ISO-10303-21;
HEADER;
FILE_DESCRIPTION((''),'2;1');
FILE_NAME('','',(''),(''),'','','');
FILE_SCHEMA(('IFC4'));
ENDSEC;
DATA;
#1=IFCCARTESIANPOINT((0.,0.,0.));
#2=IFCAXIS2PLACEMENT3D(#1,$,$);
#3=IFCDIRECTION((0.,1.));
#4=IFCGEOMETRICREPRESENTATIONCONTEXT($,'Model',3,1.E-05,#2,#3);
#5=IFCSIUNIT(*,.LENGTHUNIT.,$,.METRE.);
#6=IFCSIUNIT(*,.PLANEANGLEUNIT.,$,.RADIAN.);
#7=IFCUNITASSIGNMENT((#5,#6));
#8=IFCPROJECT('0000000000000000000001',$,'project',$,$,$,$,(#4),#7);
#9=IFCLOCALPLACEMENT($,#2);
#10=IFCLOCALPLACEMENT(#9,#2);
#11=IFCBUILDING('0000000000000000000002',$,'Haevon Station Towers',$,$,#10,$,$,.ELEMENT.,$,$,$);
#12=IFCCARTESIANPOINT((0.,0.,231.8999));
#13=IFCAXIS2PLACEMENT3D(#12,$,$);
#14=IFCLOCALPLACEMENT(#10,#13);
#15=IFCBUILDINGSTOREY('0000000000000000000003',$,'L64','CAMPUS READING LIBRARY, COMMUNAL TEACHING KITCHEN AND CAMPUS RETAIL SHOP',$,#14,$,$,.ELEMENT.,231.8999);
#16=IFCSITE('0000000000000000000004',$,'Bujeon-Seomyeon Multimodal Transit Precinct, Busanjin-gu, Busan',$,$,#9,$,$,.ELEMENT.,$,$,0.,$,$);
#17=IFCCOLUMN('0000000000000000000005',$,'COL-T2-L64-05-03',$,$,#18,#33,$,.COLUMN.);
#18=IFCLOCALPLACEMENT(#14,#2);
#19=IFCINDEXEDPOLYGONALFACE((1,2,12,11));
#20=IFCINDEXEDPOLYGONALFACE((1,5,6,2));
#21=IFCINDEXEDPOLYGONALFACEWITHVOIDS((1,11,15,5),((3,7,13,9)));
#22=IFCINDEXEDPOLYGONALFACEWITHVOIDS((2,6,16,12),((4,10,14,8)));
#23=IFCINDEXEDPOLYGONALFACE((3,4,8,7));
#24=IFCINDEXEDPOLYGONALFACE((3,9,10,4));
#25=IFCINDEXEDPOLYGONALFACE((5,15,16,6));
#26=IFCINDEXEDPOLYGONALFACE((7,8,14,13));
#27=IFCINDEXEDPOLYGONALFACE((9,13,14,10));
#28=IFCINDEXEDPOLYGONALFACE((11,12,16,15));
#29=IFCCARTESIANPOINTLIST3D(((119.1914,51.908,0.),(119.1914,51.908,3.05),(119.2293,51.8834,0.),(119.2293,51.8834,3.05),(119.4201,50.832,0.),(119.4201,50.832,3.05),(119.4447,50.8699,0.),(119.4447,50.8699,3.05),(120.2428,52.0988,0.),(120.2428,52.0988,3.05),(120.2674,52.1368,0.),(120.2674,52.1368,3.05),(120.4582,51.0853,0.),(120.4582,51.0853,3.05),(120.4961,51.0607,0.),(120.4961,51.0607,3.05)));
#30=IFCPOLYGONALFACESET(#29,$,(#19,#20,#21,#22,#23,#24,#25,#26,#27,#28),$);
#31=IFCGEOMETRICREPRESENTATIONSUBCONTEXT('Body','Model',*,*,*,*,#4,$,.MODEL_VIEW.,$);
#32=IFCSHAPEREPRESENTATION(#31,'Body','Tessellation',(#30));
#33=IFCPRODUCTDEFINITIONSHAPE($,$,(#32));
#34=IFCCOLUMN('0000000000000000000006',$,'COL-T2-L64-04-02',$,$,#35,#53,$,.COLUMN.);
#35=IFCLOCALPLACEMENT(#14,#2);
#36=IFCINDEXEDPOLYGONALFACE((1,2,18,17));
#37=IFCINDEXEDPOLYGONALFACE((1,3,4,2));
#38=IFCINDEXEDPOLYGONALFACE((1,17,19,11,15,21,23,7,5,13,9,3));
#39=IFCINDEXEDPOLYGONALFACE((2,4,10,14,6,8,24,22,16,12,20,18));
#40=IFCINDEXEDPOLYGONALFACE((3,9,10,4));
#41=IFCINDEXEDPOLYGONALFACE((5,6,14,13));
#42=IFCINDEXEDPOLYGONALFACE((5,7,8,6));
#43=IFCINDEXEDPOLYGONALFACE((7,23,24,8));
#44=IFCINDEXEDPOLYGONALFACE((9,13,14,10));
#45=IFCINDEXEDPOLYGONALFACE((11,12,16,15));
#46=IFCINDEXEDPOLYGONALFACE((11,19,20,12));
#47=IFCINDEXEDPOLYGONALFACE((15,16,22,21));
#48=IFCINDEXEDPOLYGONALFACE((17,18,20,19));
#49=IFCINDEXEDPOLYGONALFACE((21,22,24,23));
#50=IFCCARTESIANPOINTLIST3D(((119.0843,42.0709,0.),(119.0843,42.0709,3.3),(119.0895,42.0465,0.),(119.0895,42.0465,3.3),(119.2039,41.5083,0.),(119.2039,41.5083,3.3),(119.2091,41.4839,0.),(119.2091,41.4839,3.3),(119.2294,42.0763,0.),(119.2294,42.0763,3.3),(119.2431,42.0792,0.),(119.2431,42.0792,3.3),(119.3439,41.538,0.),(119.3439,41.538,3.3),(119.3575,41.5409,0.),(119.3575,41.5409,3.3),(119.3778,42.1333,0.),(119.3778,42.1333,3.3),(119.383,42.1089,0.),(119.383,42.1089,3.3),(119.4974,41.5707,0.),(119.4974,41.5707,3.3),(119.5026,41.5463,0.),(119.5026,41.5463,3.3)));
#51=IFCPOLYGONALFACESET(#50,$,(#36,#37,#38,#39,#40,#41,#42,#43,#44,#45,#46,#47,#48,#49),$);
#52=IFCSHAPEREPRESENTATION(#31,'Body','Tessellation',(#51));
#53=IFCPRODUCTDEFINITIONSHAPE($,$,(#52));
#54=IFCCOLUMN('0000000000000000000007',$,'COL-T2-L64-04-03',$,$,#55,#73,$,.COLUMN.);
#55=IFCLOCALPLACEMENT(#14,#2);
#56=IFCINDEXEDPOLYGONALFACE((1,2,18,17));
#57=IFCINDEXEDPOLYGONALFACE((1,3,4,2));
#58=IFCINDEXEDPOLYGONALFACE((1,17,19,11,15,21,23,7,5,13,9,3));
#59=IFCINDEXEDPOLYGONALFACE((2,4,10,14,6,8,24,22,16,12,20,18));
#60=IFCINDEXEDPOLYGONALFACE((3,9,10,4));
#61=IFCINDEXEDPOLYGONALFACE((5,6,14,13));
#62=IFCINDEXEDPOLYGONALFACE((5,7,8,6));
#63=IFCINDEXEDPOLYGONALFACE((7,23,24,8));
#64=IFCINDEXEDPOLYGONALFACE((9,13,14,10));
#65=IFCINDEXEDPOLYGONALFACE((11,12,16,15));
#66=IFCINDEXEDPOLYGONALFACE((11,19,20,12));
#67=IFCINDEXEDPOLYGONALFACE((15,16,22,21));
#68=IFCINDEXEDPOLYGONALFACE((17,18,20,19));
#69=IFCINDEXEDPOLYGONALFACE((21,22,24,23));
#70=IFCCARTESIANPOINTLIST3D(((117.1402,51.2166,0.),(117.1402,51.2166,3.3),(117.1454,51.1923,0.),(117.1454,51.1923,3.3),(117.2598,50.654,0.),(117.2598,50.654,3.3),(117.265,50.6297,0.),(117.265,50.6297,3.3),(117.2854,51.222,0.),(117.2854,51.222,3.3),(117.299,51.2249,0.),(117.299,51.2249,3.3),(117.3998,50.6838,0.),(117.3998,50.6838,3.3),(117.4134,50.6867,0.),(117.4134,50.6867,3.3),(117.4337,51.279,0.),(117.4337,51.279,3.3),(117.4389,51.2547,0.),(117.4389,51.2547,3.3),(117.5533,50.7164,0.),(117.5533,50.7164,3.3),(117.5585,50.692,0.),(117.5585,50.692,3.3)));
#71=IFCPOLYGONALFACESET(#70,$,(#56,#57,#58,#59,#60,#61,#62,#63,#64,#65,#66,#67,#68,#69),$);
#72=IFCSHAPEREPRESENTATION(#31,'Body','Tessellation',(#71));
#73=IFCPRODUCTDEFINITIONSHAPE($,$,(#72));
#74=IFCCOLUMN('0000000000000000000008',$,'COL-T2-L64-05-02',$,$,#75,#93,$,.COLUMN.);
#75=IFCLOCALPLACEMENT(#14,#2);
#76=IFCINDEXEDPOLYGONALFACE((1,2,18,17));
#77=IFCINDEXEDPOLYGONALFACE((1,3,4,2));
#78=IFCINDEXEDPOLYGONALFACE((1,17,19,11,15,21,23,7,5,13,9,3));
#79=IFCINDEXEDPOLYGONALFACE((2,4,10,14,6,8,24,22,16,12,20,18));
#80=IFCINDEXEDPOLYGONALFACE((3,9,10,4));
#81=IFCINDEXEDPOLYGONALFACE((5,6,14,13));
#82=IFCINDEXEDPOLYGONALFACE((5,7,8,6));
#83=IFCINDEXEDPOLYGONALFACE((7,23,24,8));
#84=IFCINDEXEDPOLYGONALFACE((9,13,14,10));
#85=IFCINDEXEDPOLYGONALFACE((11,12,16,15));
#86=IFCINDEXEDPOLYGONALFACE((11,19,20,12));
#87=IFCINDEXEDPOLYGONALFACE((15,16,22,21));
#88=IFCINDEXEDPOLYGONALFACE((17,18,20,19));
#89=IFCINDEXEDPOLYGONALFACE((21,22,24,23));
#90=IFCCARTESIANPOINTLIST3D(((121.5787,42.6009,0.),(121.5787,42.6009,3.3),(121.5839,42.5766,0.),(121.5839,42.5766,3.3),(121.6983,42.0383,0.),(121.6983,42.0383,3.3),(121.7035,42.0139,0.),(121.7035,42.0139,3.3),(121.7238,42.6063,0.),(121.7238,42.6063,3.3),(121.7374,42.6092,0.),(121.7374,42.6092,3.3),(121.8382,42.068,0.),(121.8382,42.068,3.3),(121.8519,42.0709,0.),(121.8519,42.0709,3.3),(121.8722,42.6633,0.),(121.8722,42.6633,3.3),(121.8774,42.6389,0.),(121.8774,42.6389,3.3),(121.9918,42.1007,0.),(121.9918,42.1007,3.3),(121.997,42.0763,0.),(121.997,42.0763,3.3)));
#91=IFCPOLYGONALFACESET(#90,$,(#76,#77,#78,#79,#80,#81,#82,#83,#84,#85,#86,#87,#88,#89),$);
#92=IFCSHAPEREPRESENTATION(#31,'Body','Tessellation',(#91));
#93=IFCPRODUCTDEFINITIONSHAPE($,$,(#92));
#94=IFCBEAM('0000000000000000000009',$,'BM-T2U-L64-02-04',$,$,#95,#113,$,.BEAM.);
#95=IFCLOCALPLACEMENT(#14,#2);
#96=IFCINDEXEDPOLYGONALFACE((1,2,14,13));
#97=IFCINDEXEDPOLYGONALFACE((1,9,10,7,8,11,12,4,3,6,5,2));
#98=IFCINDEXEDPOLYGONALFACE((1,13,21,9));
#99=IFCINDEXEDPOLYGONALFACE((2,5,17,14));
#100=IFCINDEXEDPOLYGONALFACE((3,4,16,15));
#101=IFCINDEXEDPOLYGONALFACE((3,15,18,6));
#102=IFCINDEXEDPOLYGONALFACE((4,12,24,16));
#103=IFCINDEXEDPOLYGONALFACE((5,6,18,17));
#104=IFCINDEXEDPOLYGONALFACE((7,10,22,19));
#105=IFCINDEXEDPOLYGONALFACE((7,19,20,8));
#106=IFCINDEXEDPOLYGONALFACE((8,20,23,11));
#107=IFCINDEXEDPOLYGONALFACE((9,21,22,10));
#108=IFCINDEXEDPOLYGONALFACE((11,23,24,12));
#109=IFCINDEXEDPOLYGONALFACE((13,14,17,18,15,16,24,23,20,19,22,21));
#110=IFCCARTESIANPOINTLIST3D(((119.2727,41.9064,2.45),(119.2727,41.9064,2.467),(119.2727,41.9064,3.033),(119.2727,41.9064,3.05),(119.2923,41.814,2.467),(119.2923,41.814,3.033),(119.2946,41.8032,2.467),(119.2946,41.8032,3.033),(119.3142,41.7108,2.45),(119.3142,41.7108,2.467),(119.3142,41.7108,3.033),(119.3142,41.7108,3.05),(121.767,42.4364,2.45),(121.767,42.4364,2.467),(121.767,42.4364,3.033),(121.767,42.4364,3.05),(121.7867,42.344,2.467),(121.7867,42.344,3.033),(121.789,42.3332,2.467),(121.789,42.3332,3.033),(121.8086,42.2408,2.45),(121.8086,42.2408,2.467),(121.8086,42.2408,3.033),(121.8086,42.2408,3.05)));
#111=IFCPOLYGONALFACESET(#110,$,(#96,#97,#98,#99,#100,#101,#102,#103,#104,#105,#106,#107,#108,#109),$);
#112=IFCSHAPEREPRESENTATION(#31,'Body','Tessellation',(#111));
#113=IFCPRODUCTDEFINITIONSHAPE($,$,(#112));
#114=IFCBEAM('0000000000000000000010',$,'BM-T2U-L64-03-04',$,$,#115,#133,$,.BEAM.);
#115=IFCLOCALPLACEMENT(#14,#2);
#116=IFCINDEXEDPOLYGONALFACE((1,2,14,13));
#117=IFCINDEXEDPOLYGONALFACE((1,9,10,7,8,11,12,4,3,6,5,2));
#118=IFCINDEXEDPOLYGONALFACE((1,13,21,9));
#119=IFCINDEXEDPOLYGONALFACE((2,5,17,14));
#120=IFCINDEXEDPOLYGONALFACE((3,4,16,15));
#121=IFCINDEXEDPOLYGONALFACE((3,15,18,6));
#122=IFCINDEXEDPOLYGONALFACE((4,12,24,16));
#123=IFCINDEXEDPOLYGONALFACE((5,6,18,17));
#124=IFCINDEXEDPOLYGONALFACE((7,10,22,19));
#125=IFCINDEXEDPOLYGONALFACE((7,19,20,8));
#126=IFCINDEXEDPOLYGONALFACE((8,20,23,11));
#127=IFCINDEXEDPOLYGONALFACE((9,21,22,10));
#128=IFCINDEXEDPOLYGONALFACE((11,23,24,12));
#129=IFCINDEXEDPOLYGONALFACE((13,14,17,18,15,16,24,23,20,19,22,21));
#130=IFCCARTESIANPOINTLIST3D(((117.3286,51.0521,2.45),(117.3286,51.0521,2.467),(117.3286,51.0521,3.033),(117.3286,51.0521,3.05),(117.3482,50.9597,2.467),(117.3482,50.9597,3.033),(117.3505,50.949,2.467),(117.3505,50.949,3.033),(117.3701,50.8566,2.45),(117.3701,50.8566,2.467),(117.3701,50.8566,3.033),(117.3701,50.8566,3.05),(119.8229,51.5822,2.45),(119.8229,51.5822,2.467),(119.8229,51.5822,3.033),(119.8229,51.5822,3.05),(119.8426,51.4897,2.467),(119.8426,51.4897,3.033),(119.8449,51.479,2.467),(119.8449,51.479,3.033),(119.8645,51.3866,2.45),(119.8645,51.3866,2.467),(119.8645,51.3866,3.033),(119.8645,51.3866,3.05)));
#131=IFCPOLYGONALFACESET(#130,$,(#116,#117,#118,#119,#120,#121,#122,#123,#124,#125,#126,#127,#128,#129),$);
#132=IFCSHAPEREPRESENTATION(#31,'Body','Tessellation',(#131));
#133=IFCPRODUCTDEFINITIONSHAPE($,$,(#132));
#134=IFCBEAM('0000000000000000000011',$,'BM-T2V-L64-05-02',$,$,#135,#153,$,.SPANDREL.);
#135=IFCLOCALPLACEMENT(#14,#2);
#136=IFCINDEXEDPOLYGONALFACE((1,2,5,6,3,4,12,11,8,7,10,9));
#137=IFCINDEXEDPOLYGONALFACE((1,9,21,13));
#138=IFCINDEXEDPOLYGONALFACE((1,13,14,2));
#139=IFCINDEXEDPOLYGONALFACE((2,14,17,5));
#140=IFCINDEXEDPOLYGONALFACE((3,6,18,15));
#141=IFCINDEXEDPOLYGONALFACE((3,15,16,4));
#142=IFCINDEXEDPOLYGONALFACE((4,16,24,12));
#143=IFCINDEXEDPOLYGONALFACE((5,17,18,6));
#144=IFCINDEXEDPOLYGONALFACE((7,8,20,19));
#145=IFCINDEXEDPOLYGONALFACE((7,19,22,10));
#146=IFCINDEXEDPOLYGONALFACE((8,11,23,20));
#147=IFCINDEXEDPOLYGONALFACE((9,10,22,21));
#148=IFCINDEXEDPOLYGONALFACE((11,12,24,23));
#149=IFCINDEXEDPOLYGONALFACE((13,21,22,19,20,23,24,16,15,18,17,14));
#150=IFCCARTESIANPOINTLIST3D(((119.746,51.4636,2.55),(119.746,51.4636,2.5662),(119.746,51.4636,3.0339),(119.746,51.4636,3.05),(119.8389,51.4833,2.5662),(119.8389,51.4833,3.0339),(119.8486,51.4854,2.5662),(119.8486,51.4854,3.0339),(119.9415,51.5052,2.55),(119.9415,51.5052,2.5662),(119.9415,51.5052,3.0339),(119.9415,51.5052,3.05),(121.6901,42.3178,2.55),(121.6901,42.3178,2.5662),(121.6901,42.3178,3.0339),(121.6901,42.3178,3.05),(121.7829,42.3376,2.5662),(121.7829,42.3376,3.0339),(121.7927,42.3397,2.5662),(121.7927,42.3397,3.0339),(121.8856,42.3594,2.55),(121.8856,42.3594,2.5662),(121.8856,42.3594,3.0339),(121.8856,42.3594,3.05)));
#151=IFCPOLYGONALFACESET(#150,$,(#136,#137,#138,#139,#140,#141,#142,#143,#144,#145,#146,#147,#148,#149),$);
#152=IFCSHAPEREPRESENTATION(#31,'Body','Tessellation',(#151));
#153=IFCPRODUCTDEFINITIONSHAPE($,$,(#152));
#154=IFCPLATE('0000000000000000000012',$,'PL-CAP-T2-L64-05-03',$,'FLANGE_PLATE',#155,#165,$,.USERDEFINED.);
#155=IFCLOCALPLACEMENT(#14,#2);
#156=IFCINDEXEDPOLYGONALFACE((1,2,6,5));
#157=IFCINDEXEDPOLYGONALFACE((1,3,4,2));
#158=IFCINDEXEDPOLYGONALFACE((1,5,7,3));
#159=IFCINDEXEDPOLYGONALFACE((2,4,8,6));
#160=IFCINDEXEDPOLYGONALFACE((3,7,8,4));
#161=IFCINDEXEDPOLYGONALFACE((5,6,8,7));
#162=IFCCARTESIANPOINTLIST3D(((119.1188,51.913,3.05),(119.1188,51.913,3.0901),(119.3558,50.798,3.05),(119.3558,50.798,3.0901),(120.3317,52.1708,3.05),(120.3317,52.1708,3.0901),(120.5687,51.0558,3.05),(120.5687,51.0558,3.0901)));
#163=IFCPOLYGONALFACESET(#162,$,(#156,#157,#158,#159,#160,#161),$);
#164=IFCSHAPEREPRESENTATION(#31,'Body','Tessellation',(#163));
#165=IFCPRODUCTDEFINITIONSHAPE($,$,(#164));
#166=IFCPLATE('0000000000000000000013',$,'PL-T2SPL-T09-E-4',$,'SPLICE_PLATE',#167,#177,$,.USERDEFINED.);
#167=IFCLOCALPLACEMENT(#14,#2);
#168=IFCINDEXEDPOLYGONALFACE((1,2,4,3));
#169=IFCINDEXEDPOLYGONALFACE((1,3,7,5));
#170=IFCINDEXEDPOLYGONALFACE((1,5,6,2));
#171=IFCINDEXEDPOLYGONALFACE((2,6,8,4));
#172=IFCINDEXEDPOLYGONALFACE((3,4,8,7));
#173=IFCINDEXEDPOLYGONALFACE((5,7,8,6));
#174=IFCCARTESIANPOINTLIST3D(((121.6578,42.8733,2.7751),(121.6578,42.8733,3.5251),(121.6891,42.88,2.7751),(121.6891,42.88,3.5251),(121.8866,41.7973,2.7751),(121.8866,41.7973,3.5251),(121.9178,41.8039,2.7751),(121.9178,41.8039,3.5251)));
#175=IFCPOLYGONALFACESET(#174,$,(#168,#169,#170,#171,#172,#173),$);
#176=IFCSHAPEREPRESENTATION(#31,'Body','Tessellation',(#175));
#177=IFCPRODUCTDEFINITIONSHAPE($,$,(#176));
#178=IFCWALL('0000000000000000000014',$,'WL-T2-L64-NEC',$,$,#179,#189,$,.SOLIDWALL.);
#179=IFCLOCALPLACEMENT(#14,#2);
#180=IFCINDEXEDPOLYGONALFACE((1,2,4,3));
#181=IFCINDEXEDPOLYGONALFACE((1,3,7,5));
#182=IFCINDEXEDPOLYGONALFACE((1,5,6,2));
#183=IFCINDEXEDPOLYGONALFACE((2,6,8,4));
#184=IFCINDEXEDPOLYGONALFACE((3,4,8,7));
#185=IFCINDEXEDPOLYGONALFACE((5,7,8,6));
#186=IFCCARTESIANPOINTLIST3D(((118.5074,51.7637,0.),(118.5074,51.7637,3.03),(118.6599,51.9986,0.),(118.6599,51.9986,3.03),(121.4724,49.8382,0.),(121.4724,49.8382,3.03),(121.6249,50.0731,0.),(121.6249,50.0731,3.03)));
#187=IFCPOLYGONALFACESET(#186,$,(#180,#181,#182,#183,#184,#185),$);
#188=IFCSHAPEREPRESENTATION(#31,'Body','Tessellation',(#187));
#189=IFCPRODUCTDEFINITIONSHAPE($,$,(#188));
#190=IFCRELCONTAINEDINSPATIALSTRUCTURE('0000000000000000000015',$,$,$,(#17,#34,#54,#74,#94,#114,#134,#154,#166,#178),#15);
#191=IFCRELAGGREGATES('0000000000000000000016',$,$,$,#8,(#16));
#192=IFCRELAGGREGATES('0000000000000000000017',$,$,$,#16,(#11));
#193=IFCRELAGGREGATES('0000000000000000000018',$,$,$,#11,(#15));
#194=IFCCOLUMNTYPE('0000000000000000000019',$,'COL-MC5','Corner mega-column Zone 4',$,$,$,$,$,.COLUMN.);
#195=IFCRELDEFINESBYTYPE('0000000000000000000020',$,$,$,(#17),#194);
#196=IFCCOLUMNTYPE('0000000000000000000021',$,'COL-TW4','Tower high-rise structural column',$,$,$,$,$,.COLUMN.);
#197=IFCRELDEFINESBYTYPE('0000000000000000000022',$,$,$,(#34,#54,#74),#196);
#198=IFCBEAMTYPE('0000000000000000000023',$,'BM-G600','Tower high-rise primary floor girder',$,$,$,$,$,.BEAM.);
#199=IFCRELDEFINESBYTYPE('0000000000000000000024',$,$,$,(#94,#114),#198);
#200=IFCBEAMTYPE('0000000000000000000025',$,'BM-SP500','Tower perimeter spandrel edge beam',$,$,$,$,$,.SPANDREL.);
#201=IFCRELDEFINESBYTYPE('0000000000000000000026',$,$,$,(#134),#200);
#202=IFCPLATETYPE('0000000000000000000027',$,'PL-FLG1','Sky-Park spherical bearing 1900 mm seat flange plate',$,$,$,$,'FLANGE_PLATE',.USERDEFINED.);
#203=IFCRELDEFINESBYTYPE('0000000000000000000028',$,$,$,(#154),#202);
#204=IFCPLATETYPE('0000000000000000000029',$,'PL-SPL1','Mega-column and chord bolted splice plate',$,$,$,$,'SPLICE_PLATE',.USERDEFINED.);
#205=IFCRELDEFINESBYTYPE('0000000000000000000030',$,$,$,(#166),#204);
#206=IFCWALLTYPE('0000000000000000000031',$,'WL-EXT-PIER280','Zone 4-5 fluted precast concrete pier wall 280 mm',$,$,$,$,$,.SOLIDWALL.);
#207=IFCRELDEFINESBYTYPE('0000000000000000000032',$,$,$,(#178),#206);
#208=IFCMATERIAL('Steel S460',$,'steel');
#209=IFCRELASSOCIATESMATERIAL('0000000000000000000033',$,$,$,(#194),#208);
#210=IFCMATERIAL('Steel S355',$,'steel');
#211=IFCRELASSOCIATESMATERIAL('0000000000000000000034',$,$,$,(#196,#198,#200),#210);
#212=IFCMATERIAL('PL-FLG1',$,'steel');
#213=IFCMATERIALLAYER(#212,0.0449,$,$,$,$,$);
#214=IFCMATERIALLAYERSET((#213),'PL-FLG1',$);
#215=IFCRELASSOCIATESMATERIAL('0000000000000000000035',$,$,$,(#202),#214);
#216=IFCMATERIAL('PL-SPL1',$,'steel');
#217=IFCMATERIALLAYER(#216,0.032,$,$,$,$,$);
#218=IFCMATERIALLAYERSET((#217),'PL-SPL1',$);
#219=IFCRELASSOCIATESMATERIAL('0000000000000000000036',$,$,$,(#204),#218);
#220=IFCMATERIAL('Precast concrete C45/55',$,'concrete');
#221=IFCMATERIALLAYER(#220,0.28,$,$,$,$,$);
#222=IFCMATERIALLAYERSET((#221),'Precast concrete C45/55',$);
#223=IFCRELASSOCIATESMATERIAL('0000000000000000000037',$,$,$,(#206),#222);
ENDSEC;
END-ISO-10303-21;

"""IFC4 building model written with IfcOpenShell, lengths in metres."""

from ifc_helpers import new_model, si_unit, direction, frame, frame_2d, origin, origin_2d, place, context, subcontext, project, spatial, rectangle, hollow_rectangle, i_section, extrude, material, layer, layer_set, material_profile, profile_set, type_object, element, save


model = new_model("IFC4")

# Units and contexts
model_context = context("Model", 3, precision=1e-05, world=origin(), true_north=direction((0.0, 1.0)))
body_context = subcontext(model_context, "Body", "Model", "MODEL_VIEW")
ifc_project = project(units=[si_unit("LENGTHUNIT", "METRE"), si_unit("PLANEANGLEUNIT", "RADIAN")], contexts=[model_context])

# Site, building, storey
site_placement = place(None, origin())
site = spatial("IfcSite", under=ifc_project, at=site_placement, Name="Bujeon-Seomyeon Multimodal Transit Precinct, Busanjin-gu, Busan", CompositionType="ELEMENT", RefElevation=0.0)
building_placement = place(site_placement, origin())
building = spatial("IfcBuilding", under=site, at=building_placement, Name="Haevon Station Towers", CompositionType="ELEMENT")
storey_placement = place(building_placement, frame((0.0, 0.0, 231.8999)))
storey = spatial("IfcBuildingStorey", under=building, at=storey_placement, Name="L64", Description="CAMPUS READING LIBRARY, COMMUNAL TEACHING KITCHEN AND CAMPUS RETAIL SHOP", CompositionType="ELEMENT", Elevation=231.8999)

# Columns
ifc_material_1 = material(Name="Steel S460", Category="steel")
ifc_material_profile_1 = material_profile(ifc_material_1, hollow_rectangle(XDim=1.1001, YDim=1.1001, WallThickness=0.032, at=origin_2d()), Name="BOX-1100x1100x32")
ifc_profile_set_1 = profile_set([ifc_material_profile_1], Name="Steel S460")
column_type_1 = type_object("IfcColumnType", Name="COL-MC5", Description="Corner mega-column Zone 4", PredefinedType="COLUMN", material=ifc_profile_set_1)
column_placement = place(storey_placement, frame((119.8438, 51.4844, 0.0), z_axis=(0.0, 0.0, 1.0), x_axis=(0.978148, 0.207912, 0.0)))
element("IfcColumn", 1, at=column_placement, inside=storey, type_object=column_type_1, Name="COL-T2-L64-05-03", PredefinedType="COLUMN", context=body_context, shape_type="SweptSolid", body=[
    extrude(hollow_rectangle(XDim=1.1001, YDim=1.1001, WallThickness=0.032, at=origin_2d()), origin(), (0.0, 0.0, 1.0), 3.05),
])
ifc_material_2 = material(Name="Steel S355", Category="steel")
ifc_material_profile_2 = material_profile(ifc_material_2, i_section(OverallWidth=0.3, OverallDepth=0.6001, WebThickness=0.0139, FlangeThickness=0.0249, at=origin_2d()), Name="H-600x300x14x25")
ifc_profile_set_2 = profile_set([ifc_material_profile_2], Name="Steel S355")
column_type_2 = type_object("IfcColumnType", Name="COL-TW4", Description="Tower high-rise structural column", PredefinedType="COLUMN", material=ifc_profile_set_2)
for number, where, z_axis, x_axis, name in (
    (2, (119.2935, 41.8086, 0.0), (0.0, 0.0, 1.0), (0.978148, 0.207912, 0.0), "COL-T2-L64-04-02"),
    (3, (117.3494, 50.9543, 0.0), (0.0, 0.0, 1.0), (0.978148, 0.207912, 0.0), "COL-T2-L64-04-03"),
    (4, (121.7878, 42.3386, 0.0), (0.0, 0.0, 1.0), (0.978148, 0.207912, 0.0), "COL-T2-L64-05-02"),
):
    element("IfcColumn", number, at=place(storey_placement, frame(where, z_axis=z_axis, x_axis=x_axis)), inside=storey, type_object=column_type_2, Name=name, PredefinedType="COLUMN", context=body_context, shape_type="SweptSolid", body=[
        extrude(i_section(OverallWidth=0.3, OverallDepth=0.6001, WebThickness=0.0139, FlangeThickness=0.0249, at=origin_2d()), origin(), (0.0, 0.0, 1.0), 3.3),
    ])

# Beams
ifc_material_profile_3 = material_profile(ifc_material_2, i_section(OverallWidth=0.2, OverallDepth=0.6001, WebThickness=0.011, FlangeThickness=0.0171, at=origin_2d()), Name="H-600x200x11x17")
ifc_profile_set_3 = profile_set([ifc_material_profile_3], Name="Steel S355")
beam_type_1 = type_object("IfcBeamType", Name="BM-G600", Description="Tower high-rise primary floor girder", PredefinedType="BEAM", material=ifc_profile_set_3)
for number, where, z_axis, x_axis, name in (
    (5, (119.2935, 41.8086, 2.75), (0.978161, 0.207848, 0.0), (-0.207848, 0.978161, 0.0), "BM-T2U-L64-02-04"),
    (6, (117.3494, 50.9543, 2.75), (0.978161, 0.207848, 0.0), (-0.207848, 0.978161, 0.0), "BM-T2U-L64-03-04"),
):
    element("IfcBeam", number, at=place(storey_placement, frame(where, z_axis=z_axis, x_axis=x_axis)), inside=storey, type_object=beam_type_1, Name=name, PredefinedType="BEAM", context=body_context, shape_type="SweptSolid", body=[
        extrude(i_section(OverallWidth=0.2, OverallDepth=0.6001, WebThickness=0.011, FlangeThickness=0.0171, at=origin_2d()), origin(), (0.0, 0.0, 1.0), 2.55),
    ])
ifc_material_profile_4 = material_profile(ifc_material_2, i_section(OverallWidth=0.2, OverallDepth=0.5, WebThickness=0.01, FlangeThickness=0.0161, at=origin_2d()), Name="H-500x200x10x16")
ifc_profile_set_4 = profile_set([ifc_material_profile_4], Name="Steel S355")
beam_type_2 = type_object("IfcBeamType", Name="BM-SP500", Description="Tower perimeter spandrel edge beam", PredefinedType="SPANDREL", material=ifc_profile_set_4)
beam_placement = place(storey_placement, frame((121.7878, 42.3386, 2.8), z_axis=(-0.207922, 0.978145, 0.0), x_axis=(-0.978145, -0.207922, 0.0)))
element("IfcBeam", 7, at=beam_placement, inside=storey, type_object=beam_type_2, Name="BM-T2V-L64-05-02", PredefinedType="SPANDREL", context=body_context, shape_type="SweptSolid", body=[
    extrude(i_section(OverallWidth=0.2, OverallDepth=0.5, WebThickness=0.01, FlangeThickness=0.0161, at=origin_2d()), origin(), (0.0, 0.0, 1.0), 9.3501),
])

# Plates
ifc_material_3 = material(Name="PL-FLG1", Category="steel")
ifc_layer_1 = layer(ifc_material_3, 0.0449)
ifc_layer_set_1 = layer_set([ifc_layer_1], Name="PL-FLG1")
plate_type_1 = type_object("IfcPlateType", Name="PL-FLG1", Description="Sky-Park spherical bearing 1900 mm seat flange plate", ElementType="FLANGE_PLATE", PredefinedType="USERDEFINED", material=ifc_layer_set_1)
plate_1_placement = place(storey_placement, frame((119.8438, 51.4844, 3.05), z_axis=(0.0, 0.0, 1.0), x_axis=(0.978148, 0.207912, 0.0)))
element("IfcPlate", 8, at=plate_1_placement, inside=storey, type_object=plate_type_1, Name="PL-CAP-T2-L64-05-03", ObjectType="FLANGE_PLATE", PredefinedType="USERDEFINED", context=body_context, shape_type="SweptSolid", body=[
    extrude(rectangle(XDim=1.24, YDim=1.1399, at=origin_2d()), origin(), (0.0, 0.0, 1.0), 0.04),
])
ifc_material_4 = material(Name="PL-SPL1", Category="steel")
ifc_layer_2 = layer(ifc_material_4, 0.032)
ifc_layer_set_2 = layer_set([ifc_layer_2], Name="PL-SPL1")
plate_type_2 = type_object("IfcPlateType", Name="PL-SPL1", Description="Mega-column and chord bolted splice plate", ElementType="SPLICE_PLATE", PredefinedType="USERDEFINED", material=ifc_layer_set_2)
plate_2_placement = place(storey_placement, frame((121.7878, 42.3386, 2.7751), z_axis=(0.0, 0.0, 1.0), x_axis=(-0.207912, 0.978148, 0.0)))
element("IfcPlate", 9, at=plate_2_placement, inside=storey, type_object=plate_type_2, Name="PL-T2SPL-T09-E-4", ObjectType="SPLICE_PLATE", PredefinedType="USERDEFINED", context=body_context, shape_type="SweptSolid", body=[
    extrude(rectangle(XDim=1.1001, YDim=0.032, at=origin_2d()), origin(), (0.0, 0.0, 1.0), 0.75),
])

# Wall
ifc_material_5 = material(Name="Precast concrete C45/55", Category="concrete")
ifc_layer_3 = layer(ifc_material_5, 0.28)
ifc_layer_set_3 = layer_set([ifc_layer_3], Name="Precast concrete C45/55")
wall_type = type_object("IfcWallType", Name="WL-EXT-PIER280", Description="Zone 4-5 fluted precast concrete pier wall 280 mm", PredefinedType="SOLIDWALL", material=ifc_layer_set_3)
wall_1_placement = place(storey_placement, frame((118.5837, 51.8811, 0.0), z_axis=(0.0, 0.0, 1.0), x_axis=(0.838672, -0.544636, 0.0)))
element("IfcWall", 10, at=wall_1_placement, inside=storey, type_object=wall_type, Name="WL-T2-L64-NEC", PredefinedType="SOLIDWALL", context=body_context, shape_type="SweptSolid", body=[
    extrude(rectangle(XDim=3.5354, YDim=0.28, at=frame_2d((1.7676, 0.0))), origin(), (0.0, 0.0, 1.0), 3.03),
])

save(model, "model.ifc")
